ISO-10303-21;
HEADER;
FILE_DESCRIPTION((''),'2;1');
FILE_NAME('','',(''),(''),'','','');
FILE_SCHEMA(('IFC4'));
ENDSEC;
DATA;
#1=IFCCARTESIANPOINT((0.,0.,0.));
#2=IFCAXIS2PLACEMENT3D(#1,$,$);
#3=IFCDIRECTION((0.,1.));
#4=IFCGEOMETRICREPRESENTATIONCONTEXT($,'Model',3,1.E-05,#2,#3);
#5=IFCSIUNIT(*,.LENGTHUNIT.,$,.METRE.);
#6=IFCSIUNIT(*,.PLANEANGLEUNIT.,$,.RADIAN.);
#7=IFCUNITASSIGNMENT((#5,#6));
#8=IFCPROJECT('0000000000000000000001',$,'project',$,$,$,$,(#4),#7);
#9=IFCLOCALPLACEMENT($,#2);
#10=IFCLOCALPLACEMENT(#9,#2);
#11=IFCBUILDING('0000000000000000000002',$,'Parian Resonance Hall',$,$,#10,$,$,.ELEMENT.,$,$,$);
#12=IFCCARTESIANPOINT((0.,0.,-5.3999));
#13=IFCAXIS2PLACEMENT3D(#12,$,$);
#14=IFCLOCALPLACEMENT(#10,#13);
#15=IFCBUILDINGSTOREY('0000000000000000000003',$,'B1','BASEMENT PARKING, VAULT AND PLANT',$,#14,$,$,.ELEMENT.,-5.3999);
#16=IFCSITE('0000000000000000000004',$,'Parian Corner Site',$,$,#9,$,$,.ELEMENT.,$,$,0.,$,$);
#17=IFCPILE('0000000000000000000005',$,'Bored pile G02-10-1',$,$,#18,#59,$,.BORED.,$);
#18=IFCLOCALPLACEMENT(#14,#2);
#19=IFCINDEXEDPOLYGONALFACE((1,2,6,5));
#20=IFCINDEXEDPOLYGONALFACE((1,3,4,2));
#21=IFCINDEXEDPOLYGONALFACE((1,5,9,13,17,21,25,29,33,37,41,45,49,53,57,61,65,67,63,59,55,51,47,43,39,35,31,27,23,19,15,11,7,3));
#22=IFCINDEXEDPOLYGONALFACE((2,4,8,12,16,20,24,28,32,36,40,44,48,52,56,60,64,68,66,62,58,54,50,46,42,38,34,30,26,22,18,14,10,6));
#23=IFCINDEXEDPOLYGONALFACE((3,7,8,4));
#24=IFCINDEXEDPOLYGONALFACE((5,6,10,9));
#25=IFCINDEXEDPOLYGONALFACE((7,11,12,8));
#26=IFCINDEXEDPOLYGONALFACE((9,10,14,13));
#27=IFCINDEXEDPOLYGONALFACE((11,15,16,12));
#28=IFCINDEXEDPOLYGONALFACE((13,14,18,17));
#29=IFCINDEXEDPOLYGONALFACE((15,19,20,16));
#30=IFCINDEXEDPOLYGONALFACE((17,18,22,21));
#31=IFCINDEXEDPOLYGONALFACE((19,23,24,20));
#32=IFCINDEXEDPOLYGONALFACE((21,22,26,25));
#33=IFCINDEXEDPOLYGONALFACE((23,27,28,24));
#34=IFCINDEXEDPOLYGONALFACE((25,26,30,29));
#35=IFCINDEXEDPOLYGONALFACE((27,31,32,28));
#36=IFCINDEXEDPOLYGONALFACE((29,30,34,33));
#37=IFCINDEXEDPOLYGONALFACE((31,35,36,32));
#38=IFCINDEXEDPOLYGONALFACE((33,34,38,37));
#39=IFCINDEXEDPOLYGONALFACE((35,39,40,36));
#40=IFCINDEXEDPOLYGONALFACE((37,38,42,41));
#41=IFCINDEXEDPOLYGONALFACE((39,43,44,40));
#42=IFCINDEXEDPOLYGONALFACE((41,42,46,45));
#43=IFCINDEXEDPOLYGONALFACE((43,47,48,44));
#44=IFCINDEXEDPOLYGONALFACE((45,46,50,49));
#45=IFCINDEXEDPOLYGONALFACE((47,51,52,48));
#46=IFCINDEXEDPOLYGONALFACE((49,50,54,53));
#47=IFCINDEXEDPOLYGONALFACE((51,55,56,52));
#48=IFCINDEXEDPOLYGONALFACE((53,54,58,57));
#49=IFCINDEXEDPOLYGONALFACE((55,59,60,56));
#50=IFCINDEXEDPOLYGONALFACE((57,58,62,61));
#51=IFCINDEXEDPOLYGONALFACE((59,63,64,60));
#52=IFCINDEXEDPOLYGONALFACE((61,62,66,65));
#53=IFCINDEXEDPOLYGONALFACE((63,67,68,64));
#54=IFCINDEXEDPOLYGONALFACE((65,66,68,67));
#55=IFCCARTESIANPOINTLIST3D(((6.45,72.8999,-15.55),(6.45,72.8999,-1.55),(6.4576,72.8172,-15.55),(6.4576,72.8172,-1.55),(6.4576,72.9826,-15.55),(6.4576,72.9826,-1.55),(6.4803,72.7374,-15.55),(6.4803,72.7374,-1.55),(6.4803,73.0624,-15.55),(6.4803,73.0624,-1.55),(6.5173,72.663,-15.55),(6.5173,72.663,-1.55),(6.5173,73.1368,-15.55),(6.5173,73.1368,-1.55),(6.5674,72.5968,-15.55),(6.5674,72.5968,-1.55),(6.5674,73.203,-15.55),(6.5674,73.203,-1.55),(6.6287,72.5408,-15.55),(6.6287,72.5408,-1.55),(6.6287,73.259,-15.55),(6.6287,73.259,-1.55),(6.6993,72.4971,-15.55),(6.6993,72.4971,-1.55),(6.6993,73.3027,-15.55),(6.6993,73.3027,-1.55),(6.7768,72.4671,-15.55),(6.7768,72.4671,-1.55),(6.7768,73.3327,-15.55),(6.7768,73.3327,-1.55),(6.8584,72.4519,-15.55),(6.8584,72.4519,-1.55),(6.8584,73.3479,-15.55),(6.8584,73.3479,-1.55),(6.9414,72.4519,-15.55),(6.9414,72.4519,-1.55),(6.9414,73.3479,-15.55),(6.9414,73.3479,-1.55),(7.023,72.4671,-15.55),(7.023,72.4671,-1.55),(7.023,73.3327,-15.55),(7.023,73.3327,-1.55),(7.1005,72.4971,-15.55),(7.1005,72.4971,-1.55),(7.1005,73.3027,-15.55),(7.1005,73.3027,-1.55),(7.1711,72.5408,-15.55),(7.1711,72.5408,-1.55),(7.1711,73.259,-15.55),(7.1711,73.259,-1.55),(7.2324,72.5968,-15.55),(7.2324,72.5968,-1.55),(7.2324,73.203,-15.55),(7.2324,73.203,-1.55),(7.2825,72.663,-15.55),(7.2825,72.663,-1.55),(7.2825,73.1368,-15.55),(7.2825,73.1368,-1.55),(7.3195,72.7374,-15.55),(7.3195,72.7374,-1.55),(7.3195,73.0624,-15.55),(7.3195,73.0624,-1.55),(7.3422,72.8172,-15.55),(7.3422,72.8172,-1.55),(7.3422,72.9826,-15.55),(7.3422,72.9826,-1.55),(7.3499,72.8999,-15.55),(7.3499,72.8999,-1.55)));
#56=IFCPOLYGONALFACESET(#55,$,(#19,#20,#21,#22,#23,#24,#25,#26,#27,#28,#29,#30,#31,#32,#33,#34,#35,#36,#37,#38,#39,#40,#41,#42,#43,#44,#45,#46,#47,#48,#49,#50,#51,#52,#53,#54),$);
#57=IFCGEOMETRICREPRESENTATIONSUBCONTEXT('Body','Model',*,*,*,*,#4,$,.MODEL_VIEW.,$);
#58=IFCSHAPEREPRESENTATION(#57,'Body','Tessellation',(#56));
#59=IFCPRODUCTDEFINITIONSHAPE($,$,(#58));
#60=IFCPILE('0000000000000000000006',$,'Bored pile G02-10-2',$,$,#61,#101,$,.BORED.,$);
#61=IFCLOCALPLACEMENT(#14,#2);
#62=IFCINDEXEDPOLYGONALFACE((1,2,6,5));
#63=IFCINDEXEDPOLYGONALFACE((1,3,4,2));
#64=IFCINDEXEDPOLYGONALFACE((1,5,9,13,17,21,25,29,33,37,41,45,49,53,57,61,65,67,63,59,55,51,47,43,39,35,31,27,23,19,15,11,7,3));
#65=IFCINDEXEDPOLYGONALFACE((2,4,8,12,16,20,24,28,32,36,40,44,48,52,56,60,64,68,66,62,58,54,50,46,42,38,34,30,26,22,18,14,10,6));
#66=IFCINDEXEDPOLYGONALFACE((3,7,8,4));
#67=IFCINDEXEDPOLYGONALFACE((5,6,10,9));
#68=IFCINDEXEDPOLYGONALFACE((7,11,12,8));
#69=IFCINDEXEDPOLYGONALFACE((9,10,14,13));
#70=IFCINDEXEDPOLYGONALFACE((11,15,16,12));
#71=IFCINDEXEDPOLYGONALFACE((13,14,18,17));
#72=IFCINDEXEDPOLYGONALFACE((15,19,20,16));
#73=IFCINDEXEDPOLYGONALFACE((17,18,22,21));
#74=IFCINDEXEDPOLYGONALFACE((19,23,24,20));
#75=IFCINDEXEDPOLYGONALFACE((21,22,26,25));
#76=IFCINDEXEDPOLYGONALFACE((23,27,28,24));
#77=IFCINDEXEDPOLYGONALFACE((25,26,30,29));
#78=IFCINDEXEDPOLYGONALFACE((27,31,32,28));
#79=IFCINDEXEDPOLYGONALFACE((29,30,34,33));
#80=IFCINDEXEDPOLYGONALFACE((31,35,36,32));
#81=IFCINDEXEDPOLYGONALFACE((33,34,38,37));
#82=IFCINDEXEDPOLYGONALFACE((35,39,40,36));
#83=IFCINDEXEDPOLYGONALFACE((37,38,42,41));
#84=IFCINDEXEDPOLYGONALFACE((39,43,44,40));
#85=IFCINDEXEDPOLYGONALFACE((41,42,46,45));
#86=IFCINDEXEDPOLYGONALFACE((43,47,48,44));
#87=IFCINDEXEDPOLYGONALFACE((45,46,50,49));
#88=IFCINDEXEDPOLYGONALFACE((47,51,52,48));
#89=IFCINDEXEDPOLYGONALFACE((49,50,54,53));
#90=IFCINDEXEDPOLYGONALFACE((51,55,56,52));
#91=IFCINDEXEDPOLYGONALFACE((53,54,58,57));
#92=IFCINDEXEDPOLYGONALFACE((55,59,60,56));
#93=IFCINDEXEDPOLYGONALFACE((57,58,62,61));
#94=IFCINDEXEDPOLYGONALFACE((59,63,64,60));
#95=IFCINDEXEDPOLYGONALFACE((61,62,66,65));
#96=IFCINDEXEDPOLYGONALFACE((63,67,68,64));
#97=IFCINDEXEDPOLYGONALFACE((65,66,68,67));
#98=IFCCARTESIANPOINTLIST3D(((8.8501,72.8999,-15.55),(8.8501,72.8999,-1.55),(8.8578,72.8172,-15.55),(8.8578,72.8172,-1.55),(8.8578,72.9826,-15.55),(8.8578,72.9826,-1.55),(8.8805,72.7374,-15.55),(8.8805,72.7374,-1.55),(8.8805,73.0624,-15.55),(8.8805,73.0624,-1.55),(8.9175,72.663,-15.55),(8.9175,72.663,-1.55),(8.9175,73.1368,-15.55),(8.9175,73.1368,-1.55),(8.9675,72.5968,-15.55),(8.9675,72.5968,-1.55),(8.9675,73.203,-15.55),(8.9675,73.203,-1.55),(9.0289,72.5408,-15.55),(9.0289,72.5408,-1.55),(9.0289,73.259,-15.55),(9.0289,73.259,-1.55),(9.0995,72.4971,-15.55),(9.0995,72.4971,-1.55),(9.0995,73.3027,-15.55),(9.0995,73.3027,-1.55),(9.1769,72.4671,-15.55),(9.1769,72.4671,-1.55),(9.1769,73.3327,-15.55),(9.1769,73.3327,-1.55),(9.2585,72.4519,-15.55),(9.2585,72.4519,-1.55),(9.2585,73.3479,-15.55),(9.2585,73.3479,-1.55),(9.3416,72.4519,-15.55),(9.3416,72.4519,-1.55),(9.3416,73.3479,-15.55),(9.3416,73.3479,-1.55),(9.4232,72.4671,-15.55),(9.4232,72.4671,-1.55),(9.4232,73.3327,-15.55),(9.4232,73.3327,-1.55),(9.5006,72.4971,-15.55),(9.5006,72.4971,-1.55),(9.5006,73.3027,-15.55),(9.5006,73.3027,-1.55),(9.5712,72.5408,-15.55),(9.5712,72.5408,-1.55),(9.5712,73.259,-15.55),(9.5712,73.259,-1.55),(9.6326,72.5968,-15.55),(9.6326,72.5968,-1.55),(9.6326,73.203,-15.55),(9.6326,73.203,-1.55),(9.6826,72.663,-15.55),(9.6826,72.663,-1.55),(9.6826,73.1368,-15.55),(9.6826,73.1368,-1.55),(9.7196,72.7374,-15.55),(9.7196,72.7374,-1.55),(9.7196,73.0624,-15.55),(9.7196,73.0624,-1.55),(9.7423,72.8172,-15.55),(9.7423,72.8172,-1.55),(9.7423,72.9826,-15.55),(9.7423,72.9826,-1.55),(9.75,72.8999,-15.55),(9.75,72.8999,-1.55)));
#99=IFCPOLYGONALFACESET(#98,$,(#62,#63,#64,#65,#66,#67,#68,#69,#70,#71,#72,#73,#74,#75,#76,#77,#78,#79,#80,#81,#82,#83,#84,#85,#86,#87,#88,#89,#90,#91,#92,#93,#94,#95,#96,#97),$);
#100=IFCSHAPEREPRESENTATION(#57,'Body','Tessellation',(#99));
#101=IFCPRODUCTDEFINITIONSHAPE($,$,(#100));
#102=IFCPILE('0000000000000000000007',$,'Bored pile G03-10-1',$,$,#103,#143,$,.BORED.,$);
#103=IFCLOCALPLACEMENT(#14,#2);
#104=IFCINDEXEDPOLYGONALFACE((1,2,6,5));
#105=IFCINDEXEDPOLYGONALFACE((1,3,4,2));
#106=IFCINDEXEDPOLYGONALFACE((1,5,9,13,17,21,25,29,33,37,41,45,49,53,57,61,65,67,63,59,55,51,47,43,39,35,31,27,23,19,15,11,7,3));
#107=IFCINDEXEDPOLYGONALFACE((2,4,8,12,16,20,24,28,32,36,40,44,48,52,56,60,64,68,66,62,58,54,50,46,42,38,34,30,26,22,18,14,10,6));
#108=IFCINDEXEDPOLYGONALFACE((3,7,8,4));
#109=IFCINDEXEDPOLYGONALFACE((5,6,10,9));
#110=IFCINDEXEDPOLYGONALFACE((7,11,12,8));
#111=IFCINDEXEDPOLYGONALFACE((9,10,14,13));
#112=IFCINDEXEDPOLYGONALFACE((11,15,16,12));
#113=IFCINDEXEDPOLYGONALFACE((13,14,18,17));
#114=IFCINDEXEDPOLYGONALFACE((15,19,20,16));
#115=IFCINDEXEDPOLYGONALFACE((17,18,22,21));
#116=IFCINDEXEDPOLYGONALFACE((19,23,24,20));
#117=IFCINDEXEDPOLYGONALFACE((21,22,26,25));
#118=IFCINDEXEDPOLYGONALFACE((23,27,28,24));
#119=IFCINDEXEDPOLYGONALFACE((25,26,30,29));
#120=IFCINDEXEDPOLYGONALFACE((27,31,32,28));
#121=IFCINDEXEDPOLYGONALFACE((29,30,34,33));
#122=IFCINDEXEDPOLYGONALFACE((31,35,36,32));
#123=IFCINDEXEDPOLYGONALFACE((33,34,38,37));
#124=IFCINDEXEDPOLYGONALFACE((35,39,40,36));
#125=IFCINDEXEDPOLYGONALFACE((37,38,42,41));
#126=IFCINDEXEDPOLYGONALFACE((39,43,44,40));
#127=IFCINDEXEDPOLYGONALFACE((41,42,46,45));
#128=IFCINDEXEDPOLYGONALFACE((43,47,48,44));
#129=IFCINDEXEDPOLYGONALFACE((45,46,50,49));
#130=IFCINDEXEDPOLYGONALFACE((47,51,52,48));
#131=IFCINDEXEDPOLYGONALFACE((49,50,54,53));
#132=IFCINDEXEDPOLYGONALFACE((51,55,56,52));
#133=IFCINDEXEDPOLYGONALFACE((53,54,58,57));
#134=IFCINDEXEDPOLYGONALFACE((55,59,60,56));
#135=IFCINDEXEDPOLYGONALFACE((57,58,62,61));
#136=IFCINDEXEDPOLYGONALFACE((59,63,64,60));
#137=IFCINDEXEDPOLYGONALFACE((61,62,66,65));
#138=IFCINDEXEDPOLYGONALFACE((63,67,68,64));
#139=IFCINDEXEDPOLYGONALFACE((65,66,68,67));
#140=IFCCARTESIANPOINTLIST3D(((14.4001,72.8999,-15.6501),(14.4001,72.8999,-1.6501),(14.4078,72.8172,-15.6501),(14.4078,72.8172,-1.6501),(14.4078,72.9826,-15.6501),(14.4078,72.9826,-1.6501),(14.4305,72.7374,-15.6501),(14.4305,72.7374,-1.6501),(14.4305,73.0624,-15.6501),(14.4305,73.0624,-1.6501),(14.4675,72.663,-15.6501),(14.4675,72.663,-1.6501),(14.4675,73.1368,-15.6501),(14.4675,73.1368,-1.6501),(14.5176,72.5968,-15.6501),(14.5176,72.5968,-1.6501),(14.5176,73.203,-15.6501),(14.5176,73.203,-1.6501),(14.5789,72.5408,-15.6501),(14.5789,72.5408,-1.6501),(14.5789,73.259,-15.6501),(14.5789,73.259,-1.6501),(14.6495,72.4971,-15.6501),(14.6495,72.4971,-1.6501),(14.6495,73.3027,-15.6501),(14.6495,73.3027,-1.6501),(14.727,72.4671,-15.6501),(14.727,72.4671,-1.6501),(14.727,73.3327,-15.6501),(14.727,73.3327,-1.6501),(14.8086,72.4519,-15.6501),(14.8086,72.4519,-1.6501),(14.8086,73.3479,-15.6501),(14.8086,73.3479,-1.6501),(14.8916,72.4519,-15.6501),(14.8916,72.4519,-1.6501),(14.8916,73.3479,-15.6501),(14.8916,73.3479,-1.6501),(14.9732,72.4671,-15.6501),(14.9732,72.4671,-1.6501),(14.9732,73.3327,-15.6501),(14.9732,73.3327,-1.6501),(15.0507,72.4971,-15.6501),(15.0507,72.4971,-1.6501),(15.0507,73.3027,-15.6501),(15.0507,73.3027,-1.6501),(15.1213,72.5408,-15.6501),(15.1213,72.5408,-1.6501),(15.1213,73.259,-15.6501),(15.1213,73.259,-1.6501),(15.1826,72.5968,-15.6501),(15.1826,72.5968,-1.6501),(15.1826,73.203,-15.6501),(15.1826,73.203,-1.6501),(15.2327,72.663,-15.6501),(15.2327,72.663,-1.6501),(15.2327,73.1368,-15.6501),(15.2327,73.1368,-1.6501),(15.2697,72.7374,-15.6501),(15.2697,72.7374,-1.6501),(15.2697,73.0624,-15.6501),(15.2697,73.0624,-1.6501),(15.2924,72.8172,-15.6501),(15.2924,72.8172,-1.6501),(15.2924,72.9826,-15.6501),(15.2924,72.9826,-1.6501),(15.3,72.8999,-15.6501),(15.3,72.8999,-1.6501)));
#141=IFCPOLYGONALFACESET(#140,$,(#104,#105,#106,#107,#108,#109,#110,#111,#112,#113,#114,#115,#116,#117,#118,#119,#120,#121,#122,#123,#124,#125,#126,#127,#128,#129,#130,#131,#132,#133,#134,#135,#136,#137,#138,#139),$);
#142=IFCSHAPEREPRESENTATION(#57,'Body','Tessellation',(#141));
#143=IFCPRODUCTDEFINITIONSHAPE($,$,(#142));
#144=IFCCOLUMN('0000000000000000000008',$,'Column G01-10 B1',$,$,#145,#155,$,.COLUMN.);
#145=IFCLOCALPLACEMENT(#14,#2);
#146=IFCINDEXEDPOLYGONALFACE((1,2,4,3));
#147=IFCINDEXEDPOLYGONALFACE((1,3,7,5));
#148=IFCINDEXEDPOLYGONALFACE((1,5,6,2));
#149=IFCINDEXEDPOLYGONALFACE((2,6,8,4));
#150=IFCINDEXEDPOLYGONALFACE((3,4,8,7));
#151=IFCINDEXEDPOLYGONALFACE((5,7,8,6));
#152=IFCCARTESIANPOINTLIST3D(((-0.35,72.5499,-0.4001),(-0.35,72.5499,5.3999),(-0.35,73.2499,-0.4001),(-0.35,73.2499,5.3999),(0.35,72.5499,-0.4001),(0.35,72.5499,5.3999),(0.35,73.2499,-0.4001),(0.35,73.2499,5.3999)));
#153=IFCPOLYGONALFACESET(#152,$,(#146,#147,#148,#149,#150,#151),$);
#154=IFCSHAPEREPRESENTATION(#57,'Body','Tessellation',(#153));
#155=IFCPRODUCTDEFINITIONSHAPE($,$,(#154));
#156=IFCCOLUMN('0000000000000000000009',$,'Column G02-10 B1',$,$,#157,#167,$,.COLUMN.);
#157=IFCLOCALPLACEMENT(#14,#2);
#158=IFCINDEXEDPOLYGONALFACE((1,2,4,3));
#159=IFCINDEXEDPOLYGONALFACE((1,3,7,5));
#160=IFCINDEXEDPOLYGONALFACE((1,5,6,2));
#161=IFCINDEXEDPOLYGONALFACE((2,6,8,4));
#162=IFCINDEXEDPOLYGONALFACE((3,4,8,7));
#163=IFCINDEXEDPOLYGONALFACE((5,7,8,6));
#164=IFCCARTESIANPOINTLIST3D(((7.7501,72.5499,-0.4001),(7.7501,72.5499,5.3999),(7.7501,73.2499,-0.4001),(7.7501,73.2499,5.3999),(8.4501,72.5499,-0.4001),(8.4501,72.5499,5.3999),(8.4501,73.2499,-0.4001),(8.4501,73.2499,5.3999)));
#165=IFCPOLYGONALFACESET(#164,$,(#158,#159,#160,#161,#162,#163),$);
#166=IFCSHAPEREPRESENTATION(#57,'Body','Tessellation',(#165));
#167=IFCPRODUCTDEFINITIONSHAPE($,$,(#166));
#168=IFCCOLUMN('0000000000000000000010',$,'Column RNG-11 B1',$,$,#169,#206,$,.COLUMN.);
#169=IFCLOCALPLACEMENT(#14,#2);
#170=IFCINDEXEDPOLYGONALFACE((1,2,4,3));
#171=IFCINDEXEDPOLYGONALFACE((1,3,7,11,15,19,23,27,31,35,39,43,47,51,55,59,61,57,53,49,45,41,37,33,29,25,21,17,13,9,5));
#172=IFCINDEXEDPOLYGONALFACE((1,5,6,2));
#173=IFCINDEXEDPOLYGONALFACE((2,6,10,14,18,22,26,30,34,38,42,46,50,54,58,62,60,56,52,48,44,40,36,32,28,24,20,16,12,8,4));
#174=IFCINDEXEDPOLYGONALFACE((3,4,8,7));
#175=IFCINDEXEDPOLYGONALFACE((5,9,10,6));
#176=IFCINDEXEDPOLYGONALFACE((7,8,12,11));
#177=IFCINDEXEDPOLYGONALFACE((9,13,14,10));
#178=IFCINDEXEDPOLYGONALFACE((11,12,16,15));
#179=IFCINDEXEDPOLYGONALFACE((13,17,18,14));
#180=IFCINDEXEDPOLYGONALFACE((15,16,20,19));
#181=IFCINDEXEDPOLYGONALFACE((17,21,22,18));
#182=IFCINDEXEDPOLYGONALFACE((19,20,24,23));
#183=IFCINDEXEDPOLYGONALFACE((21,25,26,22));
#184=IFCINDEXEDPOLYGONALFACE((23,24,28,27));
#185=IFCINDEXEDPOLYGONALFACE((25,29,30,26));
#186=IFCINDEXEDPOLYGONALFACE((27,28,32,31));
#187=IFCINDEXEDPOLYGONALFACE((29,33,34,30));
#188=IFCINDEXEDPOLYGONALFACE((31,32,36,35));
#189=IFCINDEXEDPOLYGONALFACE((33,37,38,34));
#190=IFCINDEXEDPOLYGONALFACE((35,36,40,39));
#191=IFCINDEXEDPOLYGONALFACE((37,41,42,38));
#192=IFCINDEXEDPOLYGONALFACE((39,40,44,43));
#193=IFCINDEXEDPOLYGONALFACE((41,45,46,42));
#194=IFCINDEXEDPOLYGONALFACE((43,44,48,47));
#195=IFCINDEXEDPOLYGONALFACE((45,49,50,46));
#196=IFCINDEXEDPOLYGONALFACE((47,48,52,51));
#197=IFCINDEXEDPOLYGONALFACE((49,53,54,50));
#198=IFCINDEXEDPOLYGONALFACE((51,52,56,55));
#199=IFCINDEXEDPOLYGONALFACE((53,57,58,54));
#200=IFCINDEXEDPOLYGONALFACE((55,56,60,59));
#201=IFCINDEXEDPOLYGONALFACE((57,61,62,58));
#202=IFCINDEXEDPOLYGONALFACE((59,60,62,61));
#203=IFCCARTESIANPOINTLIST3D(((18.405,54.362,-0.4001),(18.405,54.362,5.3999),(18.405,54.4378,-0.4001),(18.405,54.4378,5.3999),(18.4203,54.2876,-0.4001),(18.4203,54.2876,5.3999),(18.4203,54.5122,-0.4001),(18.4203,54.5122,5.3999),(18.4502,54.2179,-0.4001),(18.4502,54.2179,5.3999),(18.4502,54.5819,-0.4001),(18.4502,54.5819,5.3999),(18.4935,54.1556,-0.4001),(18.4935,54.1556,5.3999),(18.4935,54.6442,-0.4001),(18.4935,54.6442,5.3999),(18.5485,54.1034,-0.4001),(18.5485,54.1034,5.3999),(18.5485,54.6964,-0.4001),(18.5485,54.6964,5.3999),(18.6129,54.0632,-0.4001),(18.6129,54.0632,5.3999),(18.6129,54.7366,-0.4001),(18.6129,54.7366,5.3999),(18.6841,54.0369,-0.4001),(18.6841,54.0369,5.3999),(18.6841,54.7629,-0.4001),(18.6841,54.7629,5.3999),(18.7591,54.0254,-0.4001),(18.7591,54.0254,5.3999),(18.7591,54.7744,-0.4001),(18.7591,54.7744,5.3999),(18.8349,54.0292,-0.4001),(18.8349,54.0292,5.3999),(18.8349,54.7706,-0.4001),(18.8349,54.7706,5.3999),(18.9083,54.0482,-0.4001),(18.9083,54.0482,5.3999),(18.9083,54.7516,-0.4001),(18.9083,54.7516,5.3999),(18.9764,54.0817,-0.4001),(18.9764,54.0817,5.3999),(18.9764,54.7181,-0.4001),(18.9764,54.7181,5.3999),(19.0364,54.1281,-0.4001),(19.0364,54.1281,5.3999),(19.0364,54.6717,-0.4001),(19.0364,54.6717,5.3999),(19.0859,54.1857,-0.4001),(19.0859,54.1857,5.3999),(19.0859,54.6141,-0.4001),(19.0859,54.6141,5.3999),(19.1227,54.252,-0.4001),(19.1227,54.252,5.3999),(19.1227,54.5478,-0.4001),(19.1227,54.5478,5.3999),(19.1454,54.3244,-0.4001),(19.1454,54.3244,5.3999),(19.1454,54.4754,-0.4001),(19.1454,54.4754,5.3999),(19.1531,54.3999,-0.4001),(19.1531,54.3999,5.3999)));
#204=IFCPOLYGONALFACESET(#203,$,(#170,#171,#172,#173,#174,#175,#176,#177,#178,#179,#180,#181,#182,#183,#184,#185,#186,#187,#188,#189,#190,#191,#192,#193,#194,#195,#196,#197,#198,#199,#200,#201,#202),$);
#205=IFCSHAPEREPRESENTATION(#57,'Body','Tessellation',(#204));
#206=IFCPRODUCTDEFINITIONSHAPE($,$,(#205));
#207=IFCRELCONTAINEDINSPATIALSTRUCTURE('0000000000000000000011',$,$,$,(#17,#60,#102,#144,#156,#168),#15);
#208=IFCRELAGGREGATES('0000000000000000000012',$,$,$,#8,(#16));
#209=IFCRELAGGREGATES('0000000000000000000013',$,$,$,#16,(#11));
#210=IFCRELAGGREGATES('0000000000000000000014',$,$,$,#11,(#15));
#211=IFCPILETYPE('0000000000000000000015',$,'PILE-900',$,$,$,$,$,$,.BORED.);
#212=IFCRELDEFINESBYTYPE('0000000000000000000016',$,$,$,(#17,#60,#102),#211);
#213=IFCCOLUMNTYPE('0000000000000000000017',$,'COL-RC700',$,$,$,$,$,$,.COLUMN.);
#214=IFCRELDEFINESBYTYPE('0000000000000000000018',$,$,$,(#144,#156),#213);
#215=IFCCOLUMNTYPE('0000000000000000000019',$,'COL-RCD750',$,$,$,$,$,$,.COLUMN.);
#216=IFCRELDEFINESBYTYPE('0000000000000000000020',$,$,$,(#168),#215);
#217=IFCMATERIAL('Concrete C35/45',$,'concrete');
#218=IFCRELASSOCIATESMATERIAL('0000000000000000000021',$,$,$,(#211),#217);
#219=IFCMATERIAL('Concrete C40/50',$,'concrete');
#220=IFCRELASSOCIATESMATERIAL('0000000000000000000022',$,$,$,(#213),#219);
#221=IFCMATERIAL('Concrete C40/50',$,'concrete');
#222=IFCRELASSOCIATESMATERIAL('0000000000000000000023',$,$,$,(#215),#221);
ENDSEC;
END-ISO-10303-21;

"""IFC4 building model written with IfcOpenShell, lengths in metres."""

from ifc_helpers import new_model, si_unit, direction, frame, origin, origin_2d, place, context, subcontext, project, spatial, rectangle, circle, extrude, material, material_profile, profile_set, type_object, element, save


model = new_model("IFC4")

# Units and contexts
model_context = context("Model", 3, precision=1e-05, world=origin(), true_north=direction((0.0, 1.0)))
body_context = subcontext(model_context, "Body", "Model", "MODEL_VIEW")
ifc_project = project(units=[si_unit("LENGTHUNIT", "METRE"), si_unit("PLANEANGLEUNIT", "RADIAN")], contexts=[model_context])

# Site, building, storey
site_placement = place(None, origin())
site = spatial("IfcSite", under=ifc_project, at=site_placement, Name="Parian Corner Site", CompositionType="ELEMENT", RefElevation=0.0)
building_placement = place(site_placement, origin())
building = spatial("IfcBuilding", under=site, at=building_placement, Name="Parian Resonance Hall", CompositionType="ELEMENT")
storey_placement = place(building_placement, frame((0.0, 0.0, -5.3999)))
storey = spatial("IfcBuildingStorey", under=building, at=storey_placement, Name="B1", Description="BASEMENT PARKING, VAULT AND PLANT", CompositionType="ELEMENT", Elevation=-5.3999)

# Piles
ifc_material_1 = material(Name="Concrete C35/45", Category="concrete")
ifc_material_profile_1 = material_profile(ifc_material_1, circle(Radius=0.45, at=origin_2d()), Name="PILE-D900")
ifc_profile_set_1 = profile_set([ifc_material_profile_1], Name="Concrete C35/45")
pile_type_1 = type_object("IfcPileType", Name="PILE-900", PredefinedType="BORED", material=ifc_profile_set_1)
for number, where, z_axis, x_axis, name in (
    (1, (6.8999, 72.8999, -1.55), (0.0, 0.0, -1.0), (1.0, 0.0, 0.0), "Bored pile G02-10-1"),
    (2, (9.3, 72.8999, -1.55), (0.0, 0.0, -1.0), (1.0, 0.0, 0.0), "Bored pile G02-10-2"),
    (3, (14.8501, 72.8999, -1.6501), (0.0, 0.0, -1.0), (1.0, 0.0, 0.0), "Bored pile G03-10-1"),
):
    element("IfcPile", number, at=place(storey_placement, frame(where, z_axis=z_axis, x_axis=x_axis)), inside=storey, type_object=pile_type_1, Name=name, PredefinedType="BORED", context=body_context, shape_type="SweptSolid", body=[
        extrude(circle(Radius=0.45, at=origin_2d()), origin(), (0.0, 0.0, 1.0), 14.0),
    ])

# Columns
ifc_material_2 = material(Name="Concrete C40/50", Category="concrete")
ifc_material_profile_2 = material_profile(ifc_material_2, rectangle(XDim=0.7, YDim=0.7, at=origin_2d()), Name="RC-COL-700x700")
ifc_profile_set_2 = profile_set([ifc_material_profile_2], Name="Concrete C40/50")
column_type_1 = type_object("IfcColumnType", Name="COL-RC700", PredefinedType="COLUMN", material=ifc_profile_set_2)
for number, where, z_axis, x_axis, name in (
    (4, (0.0, 72.8999, -0.4001), (0.0, 0.0, 1.0), (1.0, 0.0, 0.0), "Column G01-10 B1"),
    (5, (8.1001, 72.8999, -0.4001), (0.0, 0.0, 1.0), (1.0, 0.0, 0.0), "Column G02-10 B1"),
):
    element("IfcColumn", number, at=place(storey_placement, frame(where, z_axis=z_axis, x_axis=x_axis)), inside=storey, type_object=column_type_1, Name=name, PredefinedType="COLUMN", context=body_context, shape_type="SweptSolid", body=[
        extrude(rectangle(XDim=0.7, YDim=0.7, at=origin_2d()), origin(), (0.0, 0.0, 1.0), 5.8),
    ])
ifc_material_3 = material(Name="Concrete C40/50", Category="concrete")
ifc_material_profile_3 = material_profile(ifc_material_3, circle(Radius=0.375, at=origin_2d()), Name="RC-COL-D750")
ifc_profile_set_3 = profile_set([ifc_material_profile_3], Name="Concrete C40/50")
column_type_2 = type_object("IfcColumnType", Name="COL-RCD750", PredefinedType="COLUMN", material=ifc_profile_set_3)
for number, where, z_axis, x_axis, name in (
    (6, (18.7781, 54.3999, -0.4001), (0.0, 0.0, 1.0), (1.0, 0.0, 0.0), "Column RNG-11 B1"),
):
    element("IfcColumn", number, at=place(storey_placement, frame(where, z_axis=z_axis, x_axis=x_axis)), inside=storey, type_object=column_type_2, Name=name, PredefinedType="COLUMN", context=body_context, shape_type="SweptSolid", body=[
        extrude(circle(Radius=0.375, at=origin_2d()), origin(), (0.0, 0.0, 1.0), 5.8),
    ])

save(model, "model.ifc")
